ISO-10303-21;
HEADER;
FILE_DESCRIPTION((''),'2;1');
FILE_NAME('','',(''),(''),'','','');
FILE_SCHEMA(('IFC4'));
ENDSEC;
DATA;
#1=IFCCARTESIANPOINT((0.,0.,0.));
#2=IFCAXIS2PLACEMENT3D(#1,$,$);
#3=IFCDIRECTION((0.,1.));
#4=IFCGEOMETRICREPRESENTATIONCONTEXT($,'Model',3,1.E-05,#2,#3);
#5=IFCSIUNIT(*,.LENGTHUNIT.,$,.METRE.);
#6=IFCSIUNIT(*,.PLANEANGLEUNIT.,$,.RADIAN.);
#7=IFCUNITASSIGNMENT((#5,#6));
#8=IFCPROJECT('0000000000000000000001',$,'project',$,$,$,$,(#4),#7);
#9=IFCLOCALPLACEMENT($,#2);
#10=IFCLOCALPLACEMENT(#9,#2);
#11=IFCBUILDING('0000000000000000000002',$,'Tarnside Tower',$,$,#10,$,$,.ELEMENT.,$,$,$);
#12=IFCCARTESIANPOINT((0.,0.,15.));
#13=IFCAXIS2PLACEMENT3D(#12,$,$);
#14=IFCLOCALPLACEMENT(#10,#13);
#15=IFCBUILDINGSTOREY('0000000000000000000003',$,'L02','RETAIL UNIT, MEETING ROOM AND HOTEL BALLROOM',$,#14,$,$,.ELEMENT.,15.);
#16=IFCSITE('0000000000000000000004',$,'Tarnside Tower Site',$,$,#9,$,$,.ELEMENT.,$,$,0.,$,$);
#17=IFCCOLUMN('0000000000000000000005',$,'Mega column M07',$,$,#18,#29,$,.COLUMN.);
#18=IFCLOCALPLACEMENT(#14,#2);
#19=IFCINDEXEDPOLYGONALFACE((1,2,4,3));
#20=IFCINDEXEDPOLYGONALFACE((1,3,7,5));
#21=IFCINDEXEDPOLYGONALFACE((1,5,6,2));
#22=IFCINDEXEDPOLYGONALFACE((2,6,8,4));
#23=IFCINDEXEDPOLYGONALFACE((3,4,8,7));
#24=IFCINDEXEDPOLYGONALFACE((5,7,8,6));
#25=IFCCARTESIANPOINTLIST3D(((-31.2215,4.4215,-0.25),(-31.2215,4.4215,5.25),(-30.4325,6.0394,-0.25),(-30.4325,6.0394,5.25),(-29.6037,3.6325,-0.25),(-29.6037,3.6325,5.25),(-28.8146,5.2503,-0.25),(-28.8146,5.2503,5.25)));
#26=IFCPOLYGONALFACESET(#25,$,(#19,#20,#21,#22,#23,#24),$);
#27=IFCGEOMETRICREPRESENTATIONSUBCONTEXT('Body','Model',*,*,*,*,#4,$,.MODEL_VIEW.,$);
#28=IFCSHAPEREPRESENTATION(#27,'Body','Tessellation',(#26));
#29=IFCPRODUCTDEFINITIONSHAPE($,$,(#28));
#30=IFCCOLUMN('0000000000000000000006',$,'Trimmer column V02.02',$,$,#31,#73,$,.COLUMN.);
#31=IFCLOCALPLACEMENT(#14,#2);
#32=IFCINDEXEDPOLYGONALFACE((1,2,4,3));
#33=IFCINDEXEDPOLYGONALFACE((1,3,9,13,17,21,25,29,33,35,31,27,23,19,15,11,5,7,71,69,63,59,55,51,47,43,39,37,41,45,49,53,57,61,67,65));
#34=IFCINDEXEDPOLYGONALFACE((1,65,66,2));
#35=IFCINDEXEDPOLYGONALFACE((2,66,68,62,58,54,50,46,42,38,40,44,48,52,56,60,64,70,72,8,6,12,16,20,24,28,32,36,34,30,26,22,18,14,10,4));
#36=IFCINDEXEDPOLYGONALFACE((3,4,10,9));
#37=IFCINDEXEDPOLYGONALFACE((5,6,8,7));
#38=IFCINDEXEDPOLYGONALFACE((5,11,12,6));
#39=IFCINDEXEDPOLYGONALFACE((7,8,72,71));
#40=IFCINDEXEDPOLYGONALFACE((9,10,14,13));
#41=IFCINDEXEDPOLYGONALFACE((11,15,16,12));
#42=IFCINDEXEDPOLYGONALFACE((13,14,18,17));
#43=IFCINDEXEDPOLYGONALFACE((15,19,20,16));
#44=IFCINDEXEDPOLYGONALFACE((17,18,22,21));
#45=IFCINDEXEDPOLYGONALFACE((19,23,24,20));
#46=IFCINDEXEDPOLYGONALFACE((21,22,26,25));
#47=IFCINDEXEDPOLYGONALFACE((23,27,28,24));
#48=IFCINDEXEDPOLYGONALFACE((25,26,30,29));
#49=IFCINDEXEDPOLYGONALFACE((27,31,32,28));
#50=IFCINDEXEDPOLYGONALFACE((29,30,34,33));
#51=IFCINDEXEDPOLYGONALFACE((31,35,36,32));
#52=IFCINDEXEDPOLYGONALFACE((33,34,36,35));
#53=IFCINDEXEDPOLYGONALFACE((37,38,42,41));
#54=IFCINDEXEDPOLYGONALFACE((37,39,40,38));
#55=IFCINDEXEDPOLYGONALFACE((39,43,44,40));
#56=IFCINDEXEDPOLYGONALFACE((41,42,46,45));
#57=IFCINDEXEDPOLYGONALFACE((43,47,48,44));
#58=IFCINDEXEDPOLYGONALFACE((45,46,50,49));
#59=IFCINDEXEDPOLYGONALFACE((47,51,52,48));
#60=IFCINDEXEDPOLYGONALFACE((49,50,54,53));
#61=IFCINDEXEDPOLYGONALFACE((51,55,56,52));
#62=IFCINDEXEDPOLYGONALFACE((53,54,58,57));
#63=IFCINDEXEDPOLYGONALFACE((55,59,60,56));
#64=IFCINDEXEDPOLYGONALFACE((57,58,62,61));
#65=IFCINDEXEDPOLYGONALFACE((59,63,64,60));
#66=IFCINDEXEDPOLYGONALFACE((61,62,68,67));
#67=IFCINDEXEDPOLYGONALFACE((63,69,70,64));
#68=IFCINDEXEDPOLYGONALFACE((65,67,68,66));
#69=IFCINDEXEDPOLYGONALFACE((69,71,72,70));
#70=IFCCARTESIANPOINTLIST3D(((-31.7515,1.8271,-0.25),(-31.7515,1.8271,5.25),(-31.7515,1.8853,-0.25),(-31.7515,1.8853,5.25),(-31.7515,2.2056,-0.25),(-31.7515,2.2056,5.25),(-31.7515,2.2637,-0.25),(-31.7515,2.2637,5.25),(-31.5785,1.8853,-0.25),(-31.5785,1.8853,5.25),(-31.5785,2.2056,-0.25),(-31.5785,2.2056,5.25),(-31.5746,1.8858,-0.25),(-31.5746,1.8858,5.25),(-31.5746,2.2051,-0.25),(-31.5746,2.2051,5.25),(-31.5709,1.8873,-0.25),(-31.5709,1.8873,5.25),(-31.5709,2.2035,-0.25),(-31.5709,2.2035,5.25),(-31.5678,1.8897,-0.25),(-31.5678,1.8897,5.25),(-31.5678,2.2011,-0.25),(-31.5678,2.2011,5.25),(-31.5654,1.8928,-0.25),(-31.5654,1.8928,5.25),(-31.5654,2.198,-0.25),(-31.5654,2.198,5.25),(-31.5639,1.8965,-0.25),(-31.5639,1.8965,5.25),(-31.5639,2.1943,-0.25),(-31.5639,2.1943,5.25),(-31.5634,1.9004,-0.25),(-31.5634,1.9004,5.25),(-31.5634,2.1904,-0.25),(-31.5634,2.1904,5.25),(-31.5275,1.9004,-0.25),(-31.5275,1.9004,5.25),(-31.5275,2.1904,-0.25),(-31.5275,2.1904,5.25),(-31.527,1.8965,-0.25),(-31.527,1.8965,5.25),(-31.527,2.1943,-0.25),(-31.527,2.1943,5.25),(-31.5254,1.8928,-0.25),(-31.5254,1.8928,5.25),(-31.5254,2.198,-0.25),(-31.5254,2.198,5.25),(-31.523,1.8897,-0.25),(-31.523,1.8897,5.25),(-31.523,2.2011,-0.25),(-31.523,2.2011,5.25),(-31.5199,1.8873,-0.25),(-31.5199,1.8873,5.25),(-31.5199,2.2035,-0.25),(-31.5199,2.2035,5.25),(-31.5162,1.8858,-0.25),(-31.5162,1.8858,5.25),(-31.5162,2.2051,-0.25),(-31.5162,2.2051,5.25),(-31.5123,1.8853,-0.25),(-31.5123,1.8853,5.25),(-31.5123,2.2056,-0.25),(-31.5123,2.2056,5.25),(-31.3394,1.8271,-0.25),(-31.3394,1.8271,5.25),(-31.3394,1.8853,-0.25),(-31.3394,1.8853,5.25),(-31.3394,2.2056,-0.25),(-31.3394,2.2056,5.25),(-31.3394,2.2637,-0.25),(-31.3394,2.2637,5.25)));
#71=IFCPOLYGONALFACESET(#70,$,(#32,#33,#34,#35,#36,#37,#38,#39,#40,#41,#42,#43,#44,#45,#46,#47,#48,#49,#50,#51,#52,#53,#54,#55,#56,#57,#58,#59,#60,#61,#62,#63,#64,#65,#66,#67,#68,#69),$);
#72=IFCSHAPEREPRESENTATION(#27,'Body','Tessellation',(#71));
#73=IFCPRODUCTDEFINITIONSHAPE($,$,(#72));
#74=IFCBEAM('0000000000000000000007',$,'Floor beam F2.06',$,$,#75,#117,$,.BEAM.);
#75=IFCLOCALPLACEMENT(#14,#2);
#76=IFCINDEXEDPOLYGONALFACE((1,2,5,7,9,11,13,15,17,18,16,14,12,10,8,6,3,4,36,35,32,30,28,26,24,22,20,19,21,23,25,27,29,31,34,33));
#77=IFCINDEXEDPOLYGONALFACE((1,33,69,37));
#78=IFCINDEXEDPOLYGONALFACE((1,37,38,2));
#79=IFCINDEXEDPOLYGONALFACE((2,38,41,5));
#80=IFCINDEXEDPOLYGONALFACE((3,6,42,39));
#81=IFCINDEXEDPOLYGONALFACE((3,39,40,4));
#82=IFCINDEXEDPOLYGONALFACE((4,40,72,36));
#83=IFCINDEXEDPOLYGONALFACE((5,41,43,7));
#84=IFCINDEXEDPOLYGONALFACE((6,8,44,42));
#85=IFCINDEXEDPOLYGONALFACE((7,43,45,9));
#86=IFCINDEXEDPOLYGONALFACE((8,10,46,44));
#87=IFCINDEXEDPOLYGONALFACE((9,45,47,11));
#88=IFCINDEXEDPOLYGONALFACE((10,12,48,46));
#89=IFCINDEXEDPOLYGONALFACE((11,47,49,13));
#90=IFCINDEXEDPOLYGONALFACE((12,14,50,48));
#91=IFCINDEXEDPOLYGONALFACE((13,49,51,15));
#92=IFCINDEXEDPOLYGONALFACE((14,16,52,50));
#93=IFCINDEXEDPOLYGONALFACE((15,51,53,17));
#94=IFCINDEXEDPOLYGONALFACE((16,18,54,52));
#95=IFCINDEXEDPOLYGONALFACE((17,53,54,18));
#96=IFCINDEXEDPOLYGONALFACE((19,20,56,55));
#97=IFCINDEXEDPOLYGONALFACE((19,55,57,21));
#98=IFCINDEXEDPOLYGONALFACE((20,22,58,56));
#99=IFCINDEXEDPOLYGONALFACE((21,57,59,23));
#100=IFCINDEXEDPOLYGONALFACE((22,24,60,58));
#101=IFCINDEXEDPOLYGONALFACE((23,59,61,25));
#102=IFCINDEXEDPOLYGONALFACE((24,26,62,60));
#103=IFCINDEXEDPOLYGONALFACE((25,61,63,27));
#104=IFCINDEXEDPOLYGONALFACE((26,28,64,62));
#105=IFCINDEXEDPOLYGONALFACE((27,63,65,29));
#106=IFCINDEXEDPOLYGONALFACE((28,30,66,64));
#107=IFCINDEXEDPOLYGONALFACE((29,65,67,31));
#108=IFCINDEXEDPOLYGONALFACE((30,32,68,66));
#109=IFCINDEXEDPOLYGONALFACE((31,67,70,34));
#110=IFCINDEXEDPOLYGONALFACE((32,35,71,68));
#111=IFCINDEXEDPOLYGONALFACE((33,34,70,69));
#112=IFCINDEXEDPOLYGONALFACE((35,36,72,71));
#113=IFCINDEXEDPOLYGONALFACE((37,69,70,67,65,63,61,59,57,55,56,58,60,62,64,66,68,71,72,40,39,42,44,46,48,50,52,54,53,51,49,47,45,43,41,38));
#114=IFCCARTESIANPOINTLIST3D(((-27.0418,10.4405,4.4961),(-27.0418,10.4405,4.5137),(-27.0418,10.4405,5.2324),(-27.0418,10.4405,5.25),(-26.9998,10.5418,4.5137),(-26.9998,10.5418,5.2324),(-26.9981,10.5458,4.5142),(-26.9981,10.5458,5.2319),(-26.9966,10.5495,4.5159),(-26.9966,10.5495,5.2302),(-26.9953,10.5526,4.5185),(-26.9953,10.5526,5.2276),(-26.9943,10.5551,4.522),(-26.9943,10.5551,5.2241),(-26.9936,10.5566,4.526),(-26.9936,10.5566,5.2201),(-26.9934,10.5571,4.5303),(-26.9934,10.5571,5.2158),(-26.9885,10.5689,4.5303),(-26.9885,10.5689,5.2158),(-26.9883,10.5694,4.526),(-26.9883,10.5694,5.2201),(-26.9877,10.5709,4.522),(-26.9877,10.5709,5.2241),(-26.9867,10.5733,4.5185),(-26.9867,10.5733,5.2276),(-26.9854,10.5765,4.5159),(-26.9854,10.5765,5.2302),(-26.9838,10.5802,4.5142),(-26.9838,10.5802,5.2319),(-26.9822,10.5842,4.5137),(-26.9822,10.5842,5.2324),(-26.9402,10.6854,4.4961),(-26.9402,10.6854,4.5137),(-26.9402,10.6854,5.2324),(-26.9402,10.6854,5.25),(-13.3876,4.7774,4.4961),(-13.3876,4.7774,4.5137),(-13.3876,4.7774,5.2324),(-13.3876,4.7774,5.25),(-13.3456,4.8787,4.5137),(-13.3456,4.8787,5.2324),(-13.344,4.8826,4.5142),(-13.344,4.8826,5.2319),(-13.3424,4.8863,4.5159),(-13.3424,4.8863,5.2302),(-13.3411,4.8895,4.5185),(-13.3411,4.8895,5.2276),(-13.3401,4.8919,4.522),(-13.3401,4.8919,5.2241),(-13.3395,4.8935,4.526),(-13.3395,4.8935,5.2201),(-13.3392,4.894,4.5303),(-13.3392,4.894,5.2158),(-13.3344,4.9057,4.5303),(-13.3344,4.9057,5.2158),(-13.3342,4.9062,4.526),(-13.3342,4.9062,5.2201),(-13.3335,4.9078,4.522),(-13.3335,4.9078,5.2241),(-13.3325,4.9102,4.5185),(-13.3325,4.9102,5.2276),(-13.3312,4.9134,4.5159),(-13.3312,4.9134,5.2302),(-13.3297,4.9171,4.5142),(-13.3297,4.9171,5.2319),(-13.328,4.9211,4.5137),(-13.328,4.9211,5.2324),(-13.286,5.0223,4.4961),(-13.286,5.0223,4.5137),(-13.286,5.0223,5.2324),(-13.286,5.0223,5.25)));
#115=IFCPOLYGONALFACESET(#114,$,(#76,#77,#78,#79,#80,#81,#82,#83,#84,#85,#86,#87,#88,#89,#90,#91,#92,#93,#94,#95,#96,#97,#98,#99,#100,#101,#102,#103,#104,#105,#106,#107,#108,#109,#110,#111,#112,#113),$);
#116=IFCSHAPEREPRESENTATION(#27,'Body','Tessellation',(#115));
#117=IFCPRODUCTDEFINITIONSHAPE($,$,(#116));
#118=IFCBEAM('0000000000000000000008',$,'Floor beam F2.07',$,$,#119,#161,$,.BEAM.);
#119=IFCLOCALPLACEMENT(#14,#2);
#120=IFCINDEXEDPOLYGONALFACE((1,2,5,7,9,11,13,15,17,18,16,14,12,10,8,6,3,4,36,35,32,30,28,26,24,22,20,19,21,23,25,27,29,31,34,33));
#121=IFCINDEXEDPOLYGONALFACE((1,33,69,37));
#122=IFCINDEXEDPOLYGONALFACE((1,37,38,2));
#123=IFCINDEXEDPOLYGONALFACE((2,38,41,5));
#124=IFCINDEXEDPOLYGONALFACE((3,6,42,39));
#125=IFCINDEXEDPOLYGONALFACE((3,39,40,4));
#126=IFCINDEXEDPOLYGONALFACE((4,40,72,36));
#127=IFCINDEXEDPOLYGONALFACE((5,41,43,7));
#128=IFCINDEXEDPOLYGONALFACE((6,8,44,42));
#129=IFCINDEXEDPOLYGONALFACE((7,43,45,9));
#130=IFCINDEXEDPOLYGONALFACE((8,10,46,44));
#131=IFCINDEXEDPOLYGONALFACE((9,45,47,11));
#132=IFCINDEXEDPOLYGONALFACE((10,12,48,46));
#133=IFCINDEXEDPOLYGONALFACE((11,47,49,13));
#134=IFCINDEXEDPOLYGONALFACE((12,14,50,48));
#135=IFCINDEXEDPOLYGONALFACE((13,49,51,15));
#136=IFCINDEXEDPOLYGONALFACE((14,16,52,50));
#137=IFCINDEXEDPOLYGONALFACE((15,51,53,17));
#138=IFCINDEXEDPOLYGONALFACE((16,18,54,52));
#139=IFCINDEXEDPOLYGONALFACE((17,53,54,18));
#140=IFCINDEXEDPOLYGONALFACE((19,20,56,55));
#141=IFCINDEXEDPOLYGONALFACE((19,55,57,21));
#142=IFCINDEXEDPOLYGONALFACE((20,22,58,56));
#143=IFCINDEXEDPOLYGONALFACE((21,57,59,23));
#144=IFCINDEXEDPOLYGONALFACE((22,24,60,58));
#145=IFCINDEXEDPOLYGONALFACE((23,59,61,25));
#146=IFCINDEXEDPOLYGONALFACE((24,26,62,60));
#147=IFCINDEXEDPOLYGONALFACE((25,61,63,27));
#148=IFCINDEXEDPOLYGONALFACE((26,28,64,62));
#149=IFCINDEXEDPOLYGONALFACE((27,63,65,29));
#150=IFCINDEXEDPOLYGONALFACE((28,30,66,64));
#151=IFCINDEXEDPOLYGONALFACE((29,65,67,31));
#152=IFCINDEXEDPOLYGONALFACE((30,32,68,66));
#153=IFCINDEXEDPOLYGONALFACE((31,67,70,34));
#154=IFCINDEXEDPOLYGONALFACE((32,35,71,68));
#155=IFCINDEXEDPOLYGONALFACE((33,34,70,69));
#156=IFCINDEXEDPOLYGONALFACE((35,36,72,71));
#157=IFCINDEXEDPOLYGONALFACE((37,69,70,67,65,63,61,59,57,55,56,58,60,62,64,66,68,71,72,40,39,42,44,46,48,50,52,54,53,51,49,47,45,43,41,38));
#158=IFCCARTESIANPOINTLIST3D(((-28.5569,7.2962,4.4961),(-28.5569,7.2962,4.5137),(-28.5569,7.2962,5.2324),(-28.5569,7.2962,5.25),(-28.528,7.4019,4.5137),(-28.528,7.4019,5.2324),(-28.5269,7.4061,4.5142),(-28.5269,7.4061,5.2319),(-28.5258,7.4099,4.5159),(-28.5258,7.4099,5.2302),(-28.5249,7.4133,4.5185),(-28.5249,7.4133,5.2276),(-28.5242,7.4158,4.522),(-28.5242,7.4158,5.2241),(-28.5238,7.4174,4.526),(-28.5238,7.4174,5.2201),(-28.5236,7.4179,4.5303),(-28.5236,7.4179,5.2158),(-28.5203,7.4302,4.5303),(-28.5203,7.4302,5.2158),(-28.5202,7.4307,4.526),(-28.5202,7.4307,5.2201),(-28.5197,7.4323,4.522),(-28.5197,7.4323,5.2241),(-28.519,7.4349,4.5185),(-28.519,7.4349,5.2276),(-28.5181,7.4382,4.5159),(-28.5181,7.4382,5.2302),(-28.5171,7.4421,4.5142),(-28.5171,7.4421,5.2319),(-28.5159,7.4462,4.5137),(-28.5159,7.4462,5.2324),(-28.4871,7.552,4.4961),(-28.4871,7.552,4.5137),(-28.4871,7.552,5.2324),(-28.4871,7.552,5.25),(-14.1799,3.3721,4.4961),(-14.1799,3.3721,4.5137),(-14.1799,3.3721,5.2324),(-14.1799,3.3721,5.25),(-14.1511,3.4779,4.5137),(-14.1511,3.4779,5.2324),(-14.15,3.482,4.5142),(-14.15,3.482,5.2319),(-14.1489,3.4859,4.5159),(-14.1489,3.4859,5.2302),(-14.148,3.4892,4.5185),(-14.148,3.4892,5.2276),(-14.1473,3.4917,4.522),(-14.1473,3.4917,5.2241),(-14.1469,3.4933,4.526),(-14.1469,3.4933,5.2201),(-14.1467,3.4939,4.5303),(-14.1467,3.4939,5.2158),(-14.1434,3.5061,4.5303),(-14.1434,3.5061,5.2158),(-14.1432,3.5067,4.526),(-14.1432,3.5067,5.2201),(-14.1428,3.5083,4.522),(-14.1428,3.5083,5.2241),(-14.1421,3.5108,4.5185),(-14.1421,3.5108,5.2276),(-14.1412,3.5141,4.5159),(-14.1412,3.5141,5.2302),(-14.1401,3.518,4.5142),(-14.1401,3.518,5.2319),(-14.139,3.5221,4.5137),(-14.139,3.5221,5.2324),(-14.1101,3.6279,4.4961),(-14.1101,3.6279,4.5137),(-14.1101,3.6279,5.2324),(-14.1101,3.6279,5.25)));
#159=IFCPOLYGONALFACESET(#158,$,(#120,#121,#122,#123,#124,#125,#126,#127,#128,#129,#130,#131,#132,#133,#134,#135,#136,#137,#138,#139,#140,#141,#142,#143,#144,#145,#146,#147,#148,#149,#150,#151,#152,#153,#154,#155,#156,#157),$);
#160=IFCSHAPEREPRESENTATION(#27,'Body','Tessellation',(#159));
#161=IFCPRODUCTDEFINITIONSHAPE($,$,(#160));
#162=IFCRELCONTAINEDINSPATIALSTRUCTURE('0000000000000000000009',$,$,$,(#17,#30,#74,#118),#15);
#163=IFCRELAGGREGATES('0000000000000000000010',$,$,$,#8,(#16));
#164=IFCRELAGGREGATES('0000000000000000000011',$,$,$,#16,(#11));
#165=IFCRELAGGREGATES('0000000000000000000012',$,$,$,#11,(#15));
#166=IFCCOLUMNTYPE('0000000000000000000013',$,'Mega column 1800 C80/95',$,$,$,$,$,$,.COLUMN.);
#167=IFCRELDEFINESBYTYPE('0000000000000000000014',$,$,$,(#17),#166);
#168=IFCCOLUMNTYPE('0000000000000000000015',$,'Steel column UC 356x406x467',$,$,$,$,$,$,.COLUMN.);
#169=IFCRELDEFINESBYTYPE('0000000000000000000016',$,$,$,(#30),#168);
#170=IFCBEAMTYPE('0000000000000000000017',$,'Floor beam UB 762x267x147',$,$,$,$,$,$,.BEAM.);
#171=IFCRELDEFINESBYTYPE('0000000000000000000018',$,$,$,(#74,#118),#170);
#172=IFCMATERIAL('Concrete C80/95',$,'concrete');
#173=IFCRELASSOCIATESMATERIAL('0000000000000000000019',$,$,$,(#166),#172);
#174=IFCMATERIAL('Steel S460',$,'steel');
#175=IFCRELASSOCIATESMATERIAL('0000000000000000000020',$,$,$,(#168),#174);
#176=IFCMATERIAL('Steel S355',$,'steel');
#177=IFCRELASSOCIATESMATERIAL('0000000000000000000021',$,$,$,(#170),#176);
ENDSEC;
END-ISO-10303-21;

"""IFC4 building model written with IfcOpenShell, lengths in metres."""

from ifc_helpers import new_model, si_unit, direction, frame, origin, origin_2d, place, context, subcontext, project, spatial, rectangle, i_section, extrude, material, material_profile, profile_set, type_object, element, save


model = new_model("IFC4")

# Units and contexts
model_context = context("Model", 3, precision=1e-05, world=origin(), true_north=direction((0.0, 1.0)))
body_context = subcontext(model_context, "Body", "Model", "MODEL_VIEW")
ifc_project = project(units=[si_unit("LENGTHUNIT", "METRE"), si_unit("PLANEANGLEUNIT", "RADIAN")], contexts=[model_context])

# Site, building, storey
site_placement = place(None, origin())
site = spatial("IfcSite", under=ifc_project, at=site_placement, Name="Tarnside Tower Site", CompositionType="ELEMENT", RefElevation=0.0)
building_placement = place(site_placement, origin())
building = spatial("IfcBuilding", under=site, at=building_placement, Name="Tarnside Tower", CompositionType="ELEMENT")
storey_placement = place(building_placement, frame((0.0, 0.0, 15.0)))
storey = spatial("IfcBuildingStorey", under=building, at=storey_placement, Name="L02", Description="RETAIL UNIT, MEETING ROOM AND HOTEL BALLROOM", CompositionType="ELEMENT", Elevation=15.0)

# Columns
ifc_material_1 = material(Name="Concrete C80/95", Category="concrete")
ifc_material_profile_1 = material_profile(ifc_material_1, rectangle(XDim=1.8, YDim=1.8, at=origin_2d()), Name="Mega column 1800x1800")
ifc_profile_set_1 = profile_set([ifc_material_profile_1], Name="Concrete C80/95")
column_type_1 = type_object("IfcColumnType", Name="Mega column 1800 C80/95", PredefinedType="COLUMN", material=ifc_profile_set_1)
column_1_placement = place(storey_placement, frame((-30.0181, 4.8359, -0.25), z_axis=(0.0, 0.0, 1.0), x_axis=(0.438371, 0.898794, 0.0)))
element("IfcColumn", 1, at=column_1_placement, inside=storey, type_object=column_type_1, Name="Mega column M07", PredefinedType="COLUMN", context=body_context, shape_type="SweptSolid", body=[
    extrude(rectangle(XDim=1.8, YDim=1.8, at=origin_2d()), origin(), (0.0, 0.0, 1.0), 5.5),
])
ifc_material_2 = material(Name="Steel S460", Category="steel")
ifc_material_profile_2 = material_profile(ifc_material_2, i_section(OverallWidth=0.4121, OverallDepth=0.4365, WebThickness=0.0359, FlangeThickness=0.0581, FilletRadius=0.0151, at=origin_2d()), Name="UC 356x406x467")
ifc_profile_set_2 = profile_set([ifc_material_profile_2], Name="Steel S460")
column_type_2 = type_object("IfcColumnType", Name="Steel column UC 356x406x467", PredefinedType="COLUMN", material=ifc_profile_set_2)
column_2_placement = place(storey_placement, frame((-31.5454, 2.0454, -0.25), z_axis=(0.0, 0.0, 1.0), x_axis=(1.0, 0.0, 0.0)))
element("IfcColumn", 2, at=column_2_placement, inside=storey, type_object=column_type_2, Name="Trimmer column V02.02", PredefinedType="COLUMN", context=body_context, shape_type="SweptSolid", body=[
    extrude(i_section(OverallWidth=0.4121, OverallDepth=0.4365, WebThickness=0.0359, FlangeThickness=0.0581, FilletRadius=0.0151, at=origin_2d()), origin(), (0.0, 0.0, 1.0), 5.5),
])

# Beams
ifc_material_3 = material(Name="Steel S355", Category="steel")
ifc_material_profile_3 = material_profile(ifc_material_3, i_section(OverallWidth=0.2651, OverallDepth=0.7539, WebThickness=0.0127, FlangeThickness=0.0176, FilletRadius=0.0166, at=origin_2d()), Name="UB 762x267x147")
ifc_profile_set_3 = profile_set([ifc_material_profile_3], Name="Steel S355")
beam_type_1 = type_object("IfcBeamType", Name="Floor beam UB 762x267x147", PredefinedType="BEAM", material=ifc_profile_set_3)
beam_1_placement = place(storey_placement, frame((-26.991, 10.563, 4.873), z_axis=(0.923703, -0.38311, 0.0), x_axis=(0.38311, 0.923703, 0.0)))
element("IfcBeam", 3, at=beam_1_placement, inside=storey, type_object=beam_type_1, Name="Floor beam F2.06", PredefinedType="BEAM", context=body_context, shape_type="SweptSolid", body=[
    extrude(i_section(OverallWidth=0.2651, OverallDepth=0.7539, WebThickness=0.0127, FlangeThickness=0.0176, FilletRadius=0.0166, at=origin_2d()), origin(), (0.0, 0.0, 1.0), 14.782),
])
beam_2_placement = place(storey_placement, frame((-28.522, 7.4241, 4.873), z_axis=(0.964711, -0.26331, 0.0), x_axis=(0.26331, 0.964711, 0.0)))
element("IfcBeam", 4, at=beam_2_placement, inside=storey, type_object=beam_type_1, Name="Floor beam F2.07", PredefinedType="BEAM", context=body_context, shape_type="SweptSolid", body=[
    extrude(i_section(OverallWidth=0.2651, OverallDepth=0.7539, WebThickness=0.0127, FlangeThickness=0.0176, FilletRadius=0.0166, at=origin_2d()), origin(), (0.0, 0.0, 1.0), 14.9028),
])

save(model, "model.ifc")
